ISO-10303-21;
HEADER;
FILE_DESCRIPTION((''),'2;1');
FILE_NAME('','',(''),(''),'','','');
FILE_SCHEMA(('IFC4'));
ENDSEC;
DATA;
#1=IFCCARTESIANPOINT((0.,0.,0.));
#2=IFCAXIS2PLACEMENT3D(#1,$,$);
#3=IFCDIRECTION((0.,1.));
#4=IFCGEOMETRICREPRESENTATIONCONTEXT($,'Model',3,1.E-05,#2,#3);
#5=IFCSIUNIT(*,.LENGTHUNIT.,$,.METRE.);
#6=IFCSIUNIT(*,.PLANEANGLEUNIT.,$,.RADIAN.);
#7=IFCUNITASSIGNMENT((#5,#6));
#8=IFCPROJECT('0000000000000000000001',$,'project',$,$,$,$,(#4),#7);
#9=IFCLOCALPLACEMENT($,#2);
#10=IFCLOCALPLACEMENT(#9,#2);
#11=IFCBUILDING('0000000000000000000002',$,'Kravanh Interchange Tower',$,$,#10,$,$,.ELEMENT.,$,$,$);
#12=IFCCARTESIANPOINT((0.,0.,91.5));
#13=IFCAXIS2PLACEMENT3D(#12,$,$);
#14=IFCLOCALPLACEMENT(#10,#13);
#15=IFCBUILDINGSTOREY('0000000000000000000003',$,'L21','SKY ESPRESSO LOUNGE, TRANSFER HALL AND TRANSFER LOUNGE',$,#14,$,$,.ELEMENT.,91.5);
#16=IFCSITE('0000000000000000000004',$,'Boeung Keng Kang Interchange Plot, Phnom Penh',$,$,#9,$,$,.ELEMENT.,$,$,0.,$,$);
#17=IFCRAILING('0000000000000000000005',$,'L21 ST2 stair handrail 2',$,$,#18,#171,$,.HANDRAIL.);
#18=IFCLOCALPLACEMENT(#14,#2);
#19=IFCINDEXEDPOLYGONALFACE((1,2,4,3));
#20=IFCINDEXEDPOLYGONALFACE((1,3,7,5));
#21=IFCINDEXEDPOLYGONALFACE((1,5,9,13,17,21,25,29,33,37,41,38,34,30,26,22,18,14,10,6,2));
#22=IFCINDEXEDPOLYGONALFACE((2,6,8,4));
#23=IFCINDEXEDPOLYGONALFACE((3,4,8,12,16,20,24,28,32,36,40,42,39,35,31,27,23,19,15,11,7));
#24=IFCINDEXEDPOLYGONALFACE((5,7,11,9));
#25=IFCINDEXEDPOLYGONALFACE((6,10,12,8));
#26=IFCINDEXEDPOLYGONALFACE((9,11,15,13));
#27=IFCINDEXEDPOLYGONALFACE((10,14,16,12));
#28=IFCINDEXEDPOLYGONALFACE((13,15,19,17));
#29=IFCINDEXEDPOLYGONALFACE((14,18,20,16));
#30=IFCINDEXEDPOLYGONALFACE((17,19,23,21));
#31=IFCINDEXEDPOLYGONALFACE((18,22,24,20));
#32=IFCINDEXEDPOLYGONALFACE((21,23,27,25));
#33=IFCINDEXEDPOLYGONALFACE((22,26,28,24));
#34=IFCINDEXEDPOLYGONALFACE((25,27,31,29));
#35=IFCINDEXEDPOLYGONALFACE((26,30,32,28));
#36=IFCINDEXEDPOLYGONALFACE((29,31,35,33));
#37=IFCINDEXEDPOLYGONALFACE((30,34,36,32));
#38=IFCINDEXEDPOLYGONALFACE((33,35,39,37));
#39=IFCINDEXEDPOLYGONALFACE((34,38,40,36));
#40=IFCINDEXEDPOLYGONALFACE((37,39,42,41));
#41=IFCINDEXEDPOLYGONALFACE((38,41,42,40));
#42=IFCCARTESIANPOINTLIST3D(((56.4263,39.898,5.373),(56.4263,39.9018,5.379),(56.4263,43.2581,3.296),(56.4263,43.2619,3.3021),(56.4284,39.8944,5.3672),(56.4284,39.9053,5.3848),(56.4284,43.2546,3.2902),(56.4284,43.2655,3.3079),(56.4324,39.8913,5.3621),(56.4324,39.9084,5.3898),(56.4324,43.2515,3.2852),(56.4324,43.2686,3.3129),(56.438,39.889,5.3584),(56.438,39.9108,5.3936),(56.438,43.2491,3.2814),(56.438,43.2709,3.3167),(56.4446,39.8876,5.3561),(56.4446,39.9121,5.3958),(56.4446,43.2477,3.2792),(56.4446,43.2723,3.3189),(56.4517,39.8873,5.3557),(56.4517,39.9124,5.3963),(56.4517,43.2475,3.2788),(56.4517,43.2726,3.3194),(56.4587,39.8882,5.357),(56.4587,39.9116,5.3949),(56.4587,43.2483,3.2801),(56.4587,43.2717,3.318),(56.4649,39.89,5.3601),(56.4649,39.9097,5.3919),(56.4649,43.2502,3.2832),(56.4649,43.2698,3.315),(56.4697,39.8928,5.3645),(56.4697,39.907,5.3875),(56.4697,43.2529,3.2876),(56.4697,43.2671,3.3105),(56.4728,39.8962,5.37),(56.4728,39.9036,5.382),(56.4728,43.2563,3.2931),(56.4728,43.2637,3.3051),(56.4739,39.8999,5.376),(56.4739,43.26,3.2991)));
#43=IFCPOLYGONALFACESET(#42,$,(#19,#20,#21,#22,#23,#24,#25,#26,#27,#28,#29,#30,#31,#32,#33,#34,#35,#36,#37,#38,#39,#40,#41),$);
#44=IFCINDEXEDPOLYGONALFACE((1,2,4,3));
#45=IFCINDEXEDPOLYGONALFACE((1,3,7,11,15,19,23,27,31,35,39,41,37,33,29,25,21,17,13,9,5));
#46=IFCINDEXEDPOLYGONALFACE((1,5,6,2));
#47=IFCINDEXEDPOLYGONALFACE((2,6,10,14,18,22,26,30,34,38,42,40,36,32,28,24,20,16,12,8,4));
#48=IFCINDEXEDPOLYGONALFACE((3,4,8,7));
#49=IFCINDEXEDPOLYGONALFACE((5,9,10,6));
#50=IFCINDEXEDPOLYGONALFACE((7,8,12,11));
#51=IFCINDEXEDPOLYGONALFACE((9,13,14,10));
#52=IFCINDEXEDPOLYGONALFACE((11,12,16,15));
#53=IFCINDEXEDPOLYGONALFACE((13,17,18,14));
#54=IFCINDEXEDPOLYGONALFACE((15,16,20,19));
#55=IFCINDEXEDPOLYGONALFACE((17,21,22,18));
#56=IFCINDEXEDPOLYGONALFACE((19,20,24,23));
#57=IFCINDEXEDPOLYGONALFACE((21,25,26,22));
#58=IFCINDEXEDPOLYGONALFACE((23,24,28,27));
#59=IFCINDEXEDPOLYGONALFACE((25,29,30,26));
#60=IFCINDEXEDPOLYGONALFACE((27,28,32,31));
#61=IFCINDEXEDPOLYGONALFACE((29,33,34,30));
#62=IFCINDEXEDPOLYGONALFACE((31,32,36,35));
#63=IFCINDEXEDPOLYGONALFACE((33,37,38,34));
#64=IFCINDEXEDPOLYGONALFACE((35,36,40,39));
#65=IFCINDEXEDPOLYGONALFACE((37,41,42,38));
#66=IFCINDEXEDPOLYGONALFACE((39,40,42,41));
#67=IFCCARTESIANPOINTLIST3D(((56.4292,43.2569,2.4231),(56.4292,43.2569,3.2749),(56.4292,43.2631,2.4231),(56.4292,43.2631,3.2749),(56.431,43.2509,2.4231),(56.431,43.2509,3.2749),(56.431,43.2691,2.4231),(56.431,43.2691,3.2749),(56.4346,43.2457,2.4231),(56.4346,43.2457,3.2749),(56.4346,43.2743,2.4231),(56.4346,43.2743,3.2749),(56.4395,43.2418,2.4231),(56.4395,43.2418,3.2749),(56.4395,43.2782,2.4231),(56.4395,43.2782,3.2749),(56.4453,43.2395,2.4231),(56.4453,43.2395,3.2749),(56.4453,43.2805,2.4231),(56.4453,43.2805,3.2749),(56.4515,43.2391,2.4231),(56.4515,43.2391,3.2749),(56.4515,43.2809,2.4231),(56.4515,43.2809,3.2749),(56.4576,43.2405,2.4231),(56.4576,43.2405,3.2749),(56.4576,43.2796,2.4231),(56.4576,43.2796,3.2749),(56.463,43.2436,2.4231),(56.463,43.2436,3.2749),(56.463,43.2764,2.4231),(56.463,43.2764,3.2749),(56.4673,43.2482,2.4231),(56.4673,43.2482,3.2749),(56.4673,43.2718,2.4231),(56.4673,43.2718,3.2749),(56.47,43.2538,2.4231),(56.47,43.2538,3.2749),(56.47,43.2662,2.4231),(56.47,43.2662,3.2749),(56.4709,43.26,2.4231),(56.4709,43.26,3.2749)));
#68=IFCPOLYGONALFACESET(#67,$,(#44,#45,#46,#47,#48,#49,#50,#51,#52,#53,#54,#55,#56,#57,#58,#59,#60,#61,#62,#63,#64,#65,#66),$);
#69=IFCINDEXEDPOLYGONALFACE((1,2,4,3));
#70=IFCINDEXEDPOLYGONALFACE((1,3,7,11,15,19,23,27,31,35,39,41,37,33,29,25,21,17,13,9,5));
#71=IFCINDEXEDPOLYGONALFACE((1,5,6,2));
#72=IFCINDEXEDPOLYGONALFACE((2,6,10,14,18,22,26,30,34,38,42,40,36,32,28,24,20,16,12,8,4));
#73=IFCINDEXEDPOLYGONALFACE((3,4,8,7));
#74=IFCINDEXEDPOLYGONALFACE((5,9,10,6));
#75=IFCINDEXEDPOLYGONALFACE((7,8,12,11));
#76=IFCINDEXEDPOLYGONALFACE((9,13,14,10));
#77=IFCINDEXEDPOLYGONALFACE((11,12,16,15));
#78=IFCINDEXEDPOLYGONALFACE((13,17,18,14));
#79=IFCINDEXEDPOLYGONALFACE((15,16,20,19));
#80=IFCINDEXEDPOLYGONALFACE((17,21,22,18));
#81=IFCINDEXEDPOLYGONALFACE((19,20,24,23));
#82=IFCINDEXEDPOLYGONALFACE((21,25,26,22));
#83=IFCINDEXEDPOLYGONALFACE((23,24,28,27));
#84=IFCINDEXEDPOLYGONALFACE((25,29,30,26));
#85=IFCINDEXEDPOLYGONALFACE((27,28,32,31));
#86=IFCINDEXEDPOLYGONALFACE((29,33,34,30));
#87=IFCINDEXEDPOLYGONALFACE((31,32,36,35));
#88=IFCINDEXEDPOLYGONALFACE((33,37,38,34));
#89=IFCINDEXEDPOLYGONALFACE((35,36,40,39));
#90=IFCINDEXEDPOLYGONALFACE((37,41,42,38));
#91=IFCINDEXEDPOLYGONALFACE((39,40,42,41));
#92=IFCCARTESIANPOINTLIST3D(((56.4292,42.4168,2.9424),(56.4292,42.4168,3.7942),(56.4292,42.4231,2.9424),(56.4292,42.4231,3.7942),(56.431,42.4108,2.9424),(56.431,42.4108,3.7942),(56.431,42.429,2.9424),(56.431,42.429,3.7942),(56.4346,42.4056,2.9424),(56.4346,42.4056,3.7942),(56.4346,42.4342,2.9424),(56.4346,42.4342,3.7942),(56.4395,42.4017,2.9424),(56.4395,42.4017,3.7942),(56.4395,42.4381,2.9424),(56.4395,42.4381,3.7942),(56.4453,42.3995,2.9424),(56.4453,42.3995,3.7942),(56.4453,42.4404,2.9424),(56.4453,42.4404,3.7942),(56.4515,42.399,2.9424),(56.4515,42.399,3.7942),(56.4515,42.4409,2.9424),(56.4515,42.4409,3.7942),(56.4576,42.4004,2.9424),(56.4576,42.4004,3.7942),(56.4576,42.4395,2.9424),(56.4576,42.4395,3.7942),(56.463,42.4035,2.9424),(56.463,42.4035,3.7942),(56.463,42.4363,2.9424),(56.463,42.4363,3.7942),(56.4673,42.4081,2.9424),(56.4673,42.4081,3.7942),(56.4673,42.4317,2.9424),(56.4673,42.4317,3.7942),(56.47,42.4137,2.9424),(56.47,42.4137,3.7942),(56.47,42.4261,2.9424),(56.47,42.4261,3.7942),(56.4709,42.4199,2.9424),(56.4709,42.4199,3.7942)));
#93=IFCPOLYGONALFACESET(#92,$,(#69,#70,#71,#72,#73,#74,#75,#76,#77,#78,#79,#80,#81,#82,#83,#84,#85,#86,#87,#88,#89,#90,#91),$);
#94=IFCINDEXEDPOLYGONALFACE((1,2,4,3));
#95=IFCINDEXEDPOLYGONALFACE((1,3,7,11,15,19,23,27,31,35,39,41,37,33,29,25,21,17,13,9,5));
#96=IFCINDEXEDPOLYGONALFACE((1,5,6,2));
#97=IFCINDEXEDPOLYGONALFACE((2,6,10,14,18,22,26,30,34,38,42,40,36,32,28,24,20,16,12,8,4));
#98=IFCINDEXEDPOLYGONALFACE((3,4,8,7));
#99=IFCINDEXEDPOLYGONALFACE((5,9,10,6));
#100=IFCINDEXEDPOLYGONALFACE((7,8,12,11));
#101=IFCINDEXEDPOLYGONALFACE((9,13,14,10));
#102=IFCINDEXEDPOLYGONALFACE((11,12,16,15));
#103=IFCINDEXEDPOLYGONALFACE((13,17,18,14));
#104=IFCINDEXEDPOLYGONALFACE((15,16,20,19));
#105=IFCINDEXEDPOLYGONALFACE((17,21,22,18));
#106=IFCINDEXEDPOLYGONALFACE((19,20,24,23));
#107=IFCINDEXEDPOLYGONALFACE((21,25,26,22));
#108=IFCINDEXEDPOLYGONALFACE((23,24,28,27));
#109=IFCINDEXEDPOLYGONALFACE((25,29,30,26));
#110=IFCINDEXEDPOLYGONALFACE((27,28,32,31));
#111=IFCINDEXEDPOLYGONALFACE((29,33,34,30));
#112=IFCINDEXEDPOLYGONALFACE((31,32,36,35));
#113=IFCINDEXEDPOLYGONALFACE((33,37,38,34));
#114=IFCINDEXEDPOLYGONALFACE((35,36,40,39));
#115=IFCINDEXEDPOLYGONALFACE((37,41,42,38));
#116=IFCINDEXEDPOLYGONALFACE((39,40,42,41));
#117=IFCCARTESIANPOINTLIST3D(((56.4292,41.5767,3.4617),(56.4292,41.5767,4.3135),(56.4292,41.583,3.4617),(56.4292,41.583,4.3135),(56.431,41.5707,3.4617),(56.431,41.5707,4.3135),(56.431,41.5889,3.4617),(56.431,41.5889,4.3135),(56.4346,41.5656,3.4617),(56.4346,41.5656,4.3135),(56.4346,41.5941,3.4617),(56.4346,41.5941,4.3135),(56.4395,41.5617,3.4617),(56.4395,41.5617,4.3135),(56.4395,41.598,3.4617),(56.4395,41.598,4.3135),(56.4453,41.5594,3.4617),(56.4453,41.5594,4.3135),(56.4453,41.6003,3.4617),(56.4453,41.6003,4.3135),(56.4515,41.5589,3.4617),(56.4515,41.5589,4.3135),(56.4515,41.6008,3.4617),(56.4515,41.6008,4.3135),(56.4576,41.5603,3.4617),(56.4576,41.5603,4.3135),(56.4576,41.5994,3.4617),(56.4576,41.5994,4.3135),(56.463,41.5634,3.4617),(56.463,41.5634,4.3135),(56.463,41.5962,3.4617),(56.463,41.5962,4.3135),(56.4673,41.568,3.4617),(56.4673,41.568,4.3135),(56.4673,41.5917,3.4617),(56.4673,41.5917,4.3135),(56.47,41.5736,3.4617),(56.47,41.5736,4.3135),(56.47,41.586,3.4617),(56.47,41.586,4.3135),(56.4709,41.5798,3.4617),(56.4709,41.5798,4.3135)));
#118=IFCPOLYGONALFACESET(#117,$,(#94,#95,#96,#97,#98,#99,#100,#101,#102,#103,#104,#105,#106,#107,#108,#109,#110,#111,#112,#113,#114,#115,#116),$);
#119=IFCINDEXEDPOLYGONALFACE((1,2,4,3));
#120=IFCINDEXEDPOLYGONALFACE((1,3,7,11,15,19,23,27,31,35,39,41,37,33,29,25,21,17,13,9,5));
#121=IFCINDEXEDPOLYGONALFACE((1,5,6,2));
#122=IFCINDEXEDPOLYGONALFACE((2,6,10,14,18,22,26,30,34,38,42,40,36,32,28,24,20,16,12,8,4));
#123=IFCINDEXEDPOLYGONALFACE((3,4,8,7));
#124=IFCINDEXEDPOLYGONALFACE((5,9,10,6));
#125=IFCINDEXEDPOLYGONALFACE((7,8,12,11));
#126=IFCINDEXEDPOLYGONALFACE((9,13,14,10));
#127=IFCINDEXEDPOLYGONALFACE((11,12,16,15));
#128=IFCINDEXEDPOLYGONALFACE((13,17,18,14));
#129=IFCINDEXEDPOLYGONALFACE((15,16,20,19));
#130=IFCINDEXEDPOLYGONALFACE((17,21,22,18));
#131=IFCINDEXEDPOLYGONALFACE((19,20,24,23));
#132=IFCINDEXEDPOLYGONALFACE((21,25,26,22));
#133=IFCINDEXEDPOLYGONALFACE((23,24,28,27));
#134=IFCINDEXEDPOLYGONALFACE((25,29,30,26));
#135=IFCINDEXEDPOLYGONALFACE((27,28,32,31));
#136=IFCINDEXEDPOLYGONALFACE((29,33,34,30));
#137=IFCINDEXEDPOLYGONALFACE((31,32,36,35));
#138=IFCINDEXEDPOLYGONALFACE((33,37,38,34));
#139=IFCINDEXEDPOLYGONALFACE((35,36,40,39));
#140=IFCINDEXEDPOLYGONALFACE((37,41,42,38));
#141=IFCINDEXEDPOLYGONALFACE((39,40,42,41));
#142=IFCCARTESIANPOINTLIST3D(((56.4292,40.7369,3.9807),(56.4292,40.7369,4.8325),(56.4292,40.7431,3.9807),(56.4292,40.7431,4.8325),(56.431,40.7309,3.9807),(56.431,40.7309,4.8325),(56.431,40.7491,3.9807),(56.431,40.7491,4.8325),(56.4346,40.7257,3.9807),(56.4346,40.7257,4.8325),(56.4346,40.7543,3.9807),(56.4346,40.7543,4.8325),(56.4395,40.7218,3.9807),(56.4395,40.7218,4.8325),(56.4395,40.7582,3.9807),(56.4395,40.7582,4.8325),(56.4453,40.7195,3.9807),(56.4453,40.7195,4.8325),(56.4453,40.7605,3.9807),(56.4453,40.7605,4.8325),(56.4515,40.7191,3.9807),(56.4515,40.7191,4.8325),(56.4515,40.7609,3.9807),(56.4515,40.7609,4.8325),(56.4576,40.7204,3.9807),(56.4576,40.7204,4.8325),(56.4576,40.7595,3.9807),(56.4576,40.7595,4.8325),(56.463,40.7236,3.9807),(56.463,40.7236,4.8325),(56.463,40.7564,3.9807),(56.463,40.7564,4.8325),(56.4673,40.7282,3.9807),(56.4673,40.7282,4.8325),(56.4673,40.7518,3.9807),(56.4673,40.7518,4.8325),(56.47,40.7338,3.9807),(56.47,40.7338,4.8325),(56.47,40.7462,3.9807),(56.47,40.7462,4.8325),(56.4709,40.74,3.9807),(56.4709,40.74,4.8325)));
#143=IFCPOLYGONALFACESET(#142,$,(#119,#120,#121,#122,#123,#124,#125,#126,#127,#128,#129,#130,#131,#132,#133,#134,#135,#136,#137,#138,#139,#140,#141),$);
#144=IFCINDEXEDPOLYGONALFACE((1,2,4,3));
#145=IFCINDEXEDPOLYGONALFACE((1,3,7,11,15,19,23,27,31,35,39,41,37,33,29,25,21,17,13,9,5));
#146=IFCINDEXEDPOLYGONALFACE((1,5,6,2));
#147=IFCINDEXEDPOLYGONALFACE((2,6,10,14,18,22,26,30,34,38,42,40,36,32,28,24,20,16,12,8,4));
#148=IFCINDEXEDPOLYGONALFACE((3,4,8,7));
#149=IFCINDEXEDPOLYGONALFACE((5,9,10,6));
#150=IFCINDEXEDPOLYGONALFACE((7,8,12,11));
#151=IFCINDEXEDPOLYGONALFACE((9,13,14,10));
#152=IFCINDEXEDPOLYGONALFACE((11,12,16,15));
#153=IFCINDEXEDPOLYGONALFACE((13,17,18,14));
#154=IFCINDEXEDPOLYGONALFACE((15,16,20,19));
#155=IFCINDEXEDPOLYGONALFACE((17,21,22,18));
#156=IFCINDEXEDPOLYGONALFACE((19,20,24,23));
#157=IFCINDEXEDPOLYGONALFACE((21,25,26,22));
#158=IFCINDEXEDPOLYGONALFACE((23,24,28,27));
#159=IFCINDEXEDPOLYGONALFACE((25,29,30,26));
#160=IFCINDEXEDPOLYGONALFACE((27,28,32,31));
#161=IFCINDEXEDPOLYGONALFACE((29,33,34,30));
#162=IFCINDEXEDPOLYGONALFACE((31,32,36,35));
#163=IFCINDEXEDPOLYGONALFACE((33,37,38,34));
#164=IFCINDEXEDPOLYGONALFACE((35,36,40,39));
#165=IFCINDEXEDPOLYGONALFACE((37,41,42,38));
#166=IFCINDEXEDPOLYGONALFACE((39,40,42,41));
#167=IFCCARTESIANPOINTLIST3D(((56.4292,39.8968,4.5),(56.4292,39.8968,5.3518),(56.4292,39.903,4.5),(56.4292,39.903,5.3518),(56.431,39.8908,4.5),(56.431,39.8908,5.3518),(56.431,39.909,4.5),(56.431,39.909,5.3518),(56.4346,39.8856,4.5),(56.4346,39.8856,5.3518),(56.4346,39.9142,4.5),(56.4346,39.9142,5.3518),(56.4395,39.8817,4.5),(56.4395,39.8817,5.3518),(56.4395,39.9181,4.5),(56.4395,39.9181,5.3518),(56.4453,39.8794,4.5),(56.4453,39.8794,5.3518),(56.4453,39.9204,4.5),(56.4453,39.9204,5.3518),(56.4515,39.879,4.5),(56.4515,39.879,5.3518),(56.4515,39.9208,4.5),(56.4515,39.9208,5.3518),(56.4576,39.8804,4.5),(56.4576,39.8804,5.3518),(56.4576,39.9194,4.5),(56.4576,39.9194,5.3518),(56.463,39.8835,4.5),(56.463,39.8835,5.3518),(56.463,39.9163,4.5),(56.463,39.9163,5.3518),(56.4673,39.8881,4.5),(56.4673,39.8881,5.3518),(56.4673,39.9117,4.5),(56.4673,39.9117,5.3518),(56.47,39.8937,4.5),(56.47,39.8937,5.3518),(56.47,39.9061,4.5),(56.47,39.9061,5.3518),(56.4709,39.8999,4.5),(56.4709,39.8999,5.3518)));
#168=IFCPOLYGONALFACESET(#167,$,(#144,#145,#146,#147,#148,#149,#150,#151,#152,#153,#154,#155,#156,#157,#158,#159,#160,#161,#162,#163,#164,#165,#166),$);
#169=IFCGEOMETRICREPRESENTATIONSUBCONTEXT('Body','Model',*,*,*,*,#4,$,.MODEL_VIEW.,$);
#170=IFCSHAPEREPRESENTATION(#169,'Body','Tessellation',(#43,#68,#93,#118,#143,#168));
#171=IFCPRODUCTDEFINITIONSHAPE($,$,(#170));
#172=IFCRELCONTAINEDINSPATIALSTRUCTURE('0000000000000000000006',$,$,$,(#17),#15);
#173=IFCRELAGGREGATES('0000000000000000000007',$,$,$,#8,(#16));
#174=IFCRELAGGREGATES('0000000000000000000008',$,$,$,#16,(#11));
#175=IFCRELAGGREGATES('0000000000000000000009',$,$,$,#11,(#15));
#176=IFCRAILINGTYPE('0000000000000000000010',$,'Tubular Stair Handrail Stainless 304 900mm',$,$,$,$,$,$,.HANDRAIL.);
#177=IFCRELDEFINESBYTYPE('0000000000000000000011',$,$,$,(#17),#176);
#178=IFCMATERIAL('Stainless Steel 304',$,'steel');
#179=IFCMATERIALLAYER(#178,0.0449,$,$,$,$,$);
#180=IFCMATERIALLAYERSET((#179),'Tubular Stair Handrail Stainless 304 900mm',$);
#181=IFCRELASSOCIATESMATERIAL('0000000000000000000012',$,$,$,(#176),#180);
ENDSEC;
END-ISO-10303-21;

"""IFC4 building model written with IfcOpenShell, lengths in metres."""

from ifc_helpers import new_model, si_unit, direction, frame, origin, origin_2d, place, context, subcontext, project, spatial, circle, extrude, material, layer, layer_set, type_object, element, save


model = new_model("IFC4")

# Units and contexts
model_context = context("Model", 3, precision=1e-05, world=origin(), true_north=direction((0.0, 1.0)))
body_context = subcontext(model_context, "Body", "Model", "MODEL_VIEW")
ifc_project = project(units=[si_unit("LENGTHUNIT", "METRE"), si_unit("PLANEANGLEUNIT", "RADIAN")], contexts=[model_context])

# Site, building, storey
site_placement = place(None, origin())
site = spatial("IfcSite", under=ifc_project, at=site_placement, Name="Boeung Keng Kang Interchange Plot, Phnom Penh", CompositionType="ELEMENT", RefElevation=0.0)
building_placement = place(site_placement, origin())
building = spatial("IfcBuilding", under=site, at=building_placement, Name="Kravanh Interchange Tower", CompositionType="ELEMENT")
storey_placement = place(building_placement, frame((0.0, 0.0, 91.5)))
storey = spatial("IfcBuildingStorey", under=building, at=storey_placement, Name="L21", Description="SKY ESPRESSO LOUNGE, TRANSFER HALL AND TRANSFER LOUNGE", CompositionType="ELEMENT", Elevation=91.5)

# Railing
ifc_material_1 = material(Name="Stainless Steel 304", Category="steel")
ifc_layer_1 = layer(ifc_material_1, 0.0449)
ifc_layer_set_1 = layer_set([ifc_layer_1], Name="Tubular Stair Handrail Stainless 304 900mm")
railing_type_1 = type_object("IfcRailingType", Name="Tubular Stair Handrail Stainless 304 900mm", PredefinedType="HANDRAIL", material=ifc_layer_set_1)
railing_1_placement = place(storey_placement, frame((56.45, 43.26, 2.4231)))
element("IfcRailing", 1, at=railing_1_placement, inside=storey, type_object=railing_type_1, Name="L21 ST2 stair handrail 2", PredefinedType="HANDRAIL", context=body_context, shape_type="SweptSolid", body=[
    extrude(circle(Radius=0.0239, at=origin_2d()), frame((0.0, 0.0, 0.876), z_axis=(0.0, -0.850623, 0.525776), x_axis=(1.0, 0.0, 0.0)), (0.0, 0.0, 1.0), 3.9502),
    extrude(circle(Radius=0.021, at=origin_2d()), origin(), (0.0, 0.0, 1.0), 0.8518),
    extrude(circle(Radius=0.021, at=origin_2d()), frame((0.0, -0.8401, 0.5193)), (0.0, 0.0, 1.0), 0.8518),
    extrude(circle(Radius=0.021, at=origin_2d()), frame((0.0, -1.6802, 1.0386)), (0.0, 0.0, 1.0), 0.8518),
    extrude(circle(Radius=0.021, at=origin_2d()), frame((0.0, -2.52, 1.5576)), (0.0, 0.0, 1.0), 0.8518),
    extrude(circle(Radius=0.021, at=origin_2d()), frame((0.0, -3.3601, 2.0769)), (0.0, 0.0, 1.0), 0.8518),
])

save(model, "model.ifc")
